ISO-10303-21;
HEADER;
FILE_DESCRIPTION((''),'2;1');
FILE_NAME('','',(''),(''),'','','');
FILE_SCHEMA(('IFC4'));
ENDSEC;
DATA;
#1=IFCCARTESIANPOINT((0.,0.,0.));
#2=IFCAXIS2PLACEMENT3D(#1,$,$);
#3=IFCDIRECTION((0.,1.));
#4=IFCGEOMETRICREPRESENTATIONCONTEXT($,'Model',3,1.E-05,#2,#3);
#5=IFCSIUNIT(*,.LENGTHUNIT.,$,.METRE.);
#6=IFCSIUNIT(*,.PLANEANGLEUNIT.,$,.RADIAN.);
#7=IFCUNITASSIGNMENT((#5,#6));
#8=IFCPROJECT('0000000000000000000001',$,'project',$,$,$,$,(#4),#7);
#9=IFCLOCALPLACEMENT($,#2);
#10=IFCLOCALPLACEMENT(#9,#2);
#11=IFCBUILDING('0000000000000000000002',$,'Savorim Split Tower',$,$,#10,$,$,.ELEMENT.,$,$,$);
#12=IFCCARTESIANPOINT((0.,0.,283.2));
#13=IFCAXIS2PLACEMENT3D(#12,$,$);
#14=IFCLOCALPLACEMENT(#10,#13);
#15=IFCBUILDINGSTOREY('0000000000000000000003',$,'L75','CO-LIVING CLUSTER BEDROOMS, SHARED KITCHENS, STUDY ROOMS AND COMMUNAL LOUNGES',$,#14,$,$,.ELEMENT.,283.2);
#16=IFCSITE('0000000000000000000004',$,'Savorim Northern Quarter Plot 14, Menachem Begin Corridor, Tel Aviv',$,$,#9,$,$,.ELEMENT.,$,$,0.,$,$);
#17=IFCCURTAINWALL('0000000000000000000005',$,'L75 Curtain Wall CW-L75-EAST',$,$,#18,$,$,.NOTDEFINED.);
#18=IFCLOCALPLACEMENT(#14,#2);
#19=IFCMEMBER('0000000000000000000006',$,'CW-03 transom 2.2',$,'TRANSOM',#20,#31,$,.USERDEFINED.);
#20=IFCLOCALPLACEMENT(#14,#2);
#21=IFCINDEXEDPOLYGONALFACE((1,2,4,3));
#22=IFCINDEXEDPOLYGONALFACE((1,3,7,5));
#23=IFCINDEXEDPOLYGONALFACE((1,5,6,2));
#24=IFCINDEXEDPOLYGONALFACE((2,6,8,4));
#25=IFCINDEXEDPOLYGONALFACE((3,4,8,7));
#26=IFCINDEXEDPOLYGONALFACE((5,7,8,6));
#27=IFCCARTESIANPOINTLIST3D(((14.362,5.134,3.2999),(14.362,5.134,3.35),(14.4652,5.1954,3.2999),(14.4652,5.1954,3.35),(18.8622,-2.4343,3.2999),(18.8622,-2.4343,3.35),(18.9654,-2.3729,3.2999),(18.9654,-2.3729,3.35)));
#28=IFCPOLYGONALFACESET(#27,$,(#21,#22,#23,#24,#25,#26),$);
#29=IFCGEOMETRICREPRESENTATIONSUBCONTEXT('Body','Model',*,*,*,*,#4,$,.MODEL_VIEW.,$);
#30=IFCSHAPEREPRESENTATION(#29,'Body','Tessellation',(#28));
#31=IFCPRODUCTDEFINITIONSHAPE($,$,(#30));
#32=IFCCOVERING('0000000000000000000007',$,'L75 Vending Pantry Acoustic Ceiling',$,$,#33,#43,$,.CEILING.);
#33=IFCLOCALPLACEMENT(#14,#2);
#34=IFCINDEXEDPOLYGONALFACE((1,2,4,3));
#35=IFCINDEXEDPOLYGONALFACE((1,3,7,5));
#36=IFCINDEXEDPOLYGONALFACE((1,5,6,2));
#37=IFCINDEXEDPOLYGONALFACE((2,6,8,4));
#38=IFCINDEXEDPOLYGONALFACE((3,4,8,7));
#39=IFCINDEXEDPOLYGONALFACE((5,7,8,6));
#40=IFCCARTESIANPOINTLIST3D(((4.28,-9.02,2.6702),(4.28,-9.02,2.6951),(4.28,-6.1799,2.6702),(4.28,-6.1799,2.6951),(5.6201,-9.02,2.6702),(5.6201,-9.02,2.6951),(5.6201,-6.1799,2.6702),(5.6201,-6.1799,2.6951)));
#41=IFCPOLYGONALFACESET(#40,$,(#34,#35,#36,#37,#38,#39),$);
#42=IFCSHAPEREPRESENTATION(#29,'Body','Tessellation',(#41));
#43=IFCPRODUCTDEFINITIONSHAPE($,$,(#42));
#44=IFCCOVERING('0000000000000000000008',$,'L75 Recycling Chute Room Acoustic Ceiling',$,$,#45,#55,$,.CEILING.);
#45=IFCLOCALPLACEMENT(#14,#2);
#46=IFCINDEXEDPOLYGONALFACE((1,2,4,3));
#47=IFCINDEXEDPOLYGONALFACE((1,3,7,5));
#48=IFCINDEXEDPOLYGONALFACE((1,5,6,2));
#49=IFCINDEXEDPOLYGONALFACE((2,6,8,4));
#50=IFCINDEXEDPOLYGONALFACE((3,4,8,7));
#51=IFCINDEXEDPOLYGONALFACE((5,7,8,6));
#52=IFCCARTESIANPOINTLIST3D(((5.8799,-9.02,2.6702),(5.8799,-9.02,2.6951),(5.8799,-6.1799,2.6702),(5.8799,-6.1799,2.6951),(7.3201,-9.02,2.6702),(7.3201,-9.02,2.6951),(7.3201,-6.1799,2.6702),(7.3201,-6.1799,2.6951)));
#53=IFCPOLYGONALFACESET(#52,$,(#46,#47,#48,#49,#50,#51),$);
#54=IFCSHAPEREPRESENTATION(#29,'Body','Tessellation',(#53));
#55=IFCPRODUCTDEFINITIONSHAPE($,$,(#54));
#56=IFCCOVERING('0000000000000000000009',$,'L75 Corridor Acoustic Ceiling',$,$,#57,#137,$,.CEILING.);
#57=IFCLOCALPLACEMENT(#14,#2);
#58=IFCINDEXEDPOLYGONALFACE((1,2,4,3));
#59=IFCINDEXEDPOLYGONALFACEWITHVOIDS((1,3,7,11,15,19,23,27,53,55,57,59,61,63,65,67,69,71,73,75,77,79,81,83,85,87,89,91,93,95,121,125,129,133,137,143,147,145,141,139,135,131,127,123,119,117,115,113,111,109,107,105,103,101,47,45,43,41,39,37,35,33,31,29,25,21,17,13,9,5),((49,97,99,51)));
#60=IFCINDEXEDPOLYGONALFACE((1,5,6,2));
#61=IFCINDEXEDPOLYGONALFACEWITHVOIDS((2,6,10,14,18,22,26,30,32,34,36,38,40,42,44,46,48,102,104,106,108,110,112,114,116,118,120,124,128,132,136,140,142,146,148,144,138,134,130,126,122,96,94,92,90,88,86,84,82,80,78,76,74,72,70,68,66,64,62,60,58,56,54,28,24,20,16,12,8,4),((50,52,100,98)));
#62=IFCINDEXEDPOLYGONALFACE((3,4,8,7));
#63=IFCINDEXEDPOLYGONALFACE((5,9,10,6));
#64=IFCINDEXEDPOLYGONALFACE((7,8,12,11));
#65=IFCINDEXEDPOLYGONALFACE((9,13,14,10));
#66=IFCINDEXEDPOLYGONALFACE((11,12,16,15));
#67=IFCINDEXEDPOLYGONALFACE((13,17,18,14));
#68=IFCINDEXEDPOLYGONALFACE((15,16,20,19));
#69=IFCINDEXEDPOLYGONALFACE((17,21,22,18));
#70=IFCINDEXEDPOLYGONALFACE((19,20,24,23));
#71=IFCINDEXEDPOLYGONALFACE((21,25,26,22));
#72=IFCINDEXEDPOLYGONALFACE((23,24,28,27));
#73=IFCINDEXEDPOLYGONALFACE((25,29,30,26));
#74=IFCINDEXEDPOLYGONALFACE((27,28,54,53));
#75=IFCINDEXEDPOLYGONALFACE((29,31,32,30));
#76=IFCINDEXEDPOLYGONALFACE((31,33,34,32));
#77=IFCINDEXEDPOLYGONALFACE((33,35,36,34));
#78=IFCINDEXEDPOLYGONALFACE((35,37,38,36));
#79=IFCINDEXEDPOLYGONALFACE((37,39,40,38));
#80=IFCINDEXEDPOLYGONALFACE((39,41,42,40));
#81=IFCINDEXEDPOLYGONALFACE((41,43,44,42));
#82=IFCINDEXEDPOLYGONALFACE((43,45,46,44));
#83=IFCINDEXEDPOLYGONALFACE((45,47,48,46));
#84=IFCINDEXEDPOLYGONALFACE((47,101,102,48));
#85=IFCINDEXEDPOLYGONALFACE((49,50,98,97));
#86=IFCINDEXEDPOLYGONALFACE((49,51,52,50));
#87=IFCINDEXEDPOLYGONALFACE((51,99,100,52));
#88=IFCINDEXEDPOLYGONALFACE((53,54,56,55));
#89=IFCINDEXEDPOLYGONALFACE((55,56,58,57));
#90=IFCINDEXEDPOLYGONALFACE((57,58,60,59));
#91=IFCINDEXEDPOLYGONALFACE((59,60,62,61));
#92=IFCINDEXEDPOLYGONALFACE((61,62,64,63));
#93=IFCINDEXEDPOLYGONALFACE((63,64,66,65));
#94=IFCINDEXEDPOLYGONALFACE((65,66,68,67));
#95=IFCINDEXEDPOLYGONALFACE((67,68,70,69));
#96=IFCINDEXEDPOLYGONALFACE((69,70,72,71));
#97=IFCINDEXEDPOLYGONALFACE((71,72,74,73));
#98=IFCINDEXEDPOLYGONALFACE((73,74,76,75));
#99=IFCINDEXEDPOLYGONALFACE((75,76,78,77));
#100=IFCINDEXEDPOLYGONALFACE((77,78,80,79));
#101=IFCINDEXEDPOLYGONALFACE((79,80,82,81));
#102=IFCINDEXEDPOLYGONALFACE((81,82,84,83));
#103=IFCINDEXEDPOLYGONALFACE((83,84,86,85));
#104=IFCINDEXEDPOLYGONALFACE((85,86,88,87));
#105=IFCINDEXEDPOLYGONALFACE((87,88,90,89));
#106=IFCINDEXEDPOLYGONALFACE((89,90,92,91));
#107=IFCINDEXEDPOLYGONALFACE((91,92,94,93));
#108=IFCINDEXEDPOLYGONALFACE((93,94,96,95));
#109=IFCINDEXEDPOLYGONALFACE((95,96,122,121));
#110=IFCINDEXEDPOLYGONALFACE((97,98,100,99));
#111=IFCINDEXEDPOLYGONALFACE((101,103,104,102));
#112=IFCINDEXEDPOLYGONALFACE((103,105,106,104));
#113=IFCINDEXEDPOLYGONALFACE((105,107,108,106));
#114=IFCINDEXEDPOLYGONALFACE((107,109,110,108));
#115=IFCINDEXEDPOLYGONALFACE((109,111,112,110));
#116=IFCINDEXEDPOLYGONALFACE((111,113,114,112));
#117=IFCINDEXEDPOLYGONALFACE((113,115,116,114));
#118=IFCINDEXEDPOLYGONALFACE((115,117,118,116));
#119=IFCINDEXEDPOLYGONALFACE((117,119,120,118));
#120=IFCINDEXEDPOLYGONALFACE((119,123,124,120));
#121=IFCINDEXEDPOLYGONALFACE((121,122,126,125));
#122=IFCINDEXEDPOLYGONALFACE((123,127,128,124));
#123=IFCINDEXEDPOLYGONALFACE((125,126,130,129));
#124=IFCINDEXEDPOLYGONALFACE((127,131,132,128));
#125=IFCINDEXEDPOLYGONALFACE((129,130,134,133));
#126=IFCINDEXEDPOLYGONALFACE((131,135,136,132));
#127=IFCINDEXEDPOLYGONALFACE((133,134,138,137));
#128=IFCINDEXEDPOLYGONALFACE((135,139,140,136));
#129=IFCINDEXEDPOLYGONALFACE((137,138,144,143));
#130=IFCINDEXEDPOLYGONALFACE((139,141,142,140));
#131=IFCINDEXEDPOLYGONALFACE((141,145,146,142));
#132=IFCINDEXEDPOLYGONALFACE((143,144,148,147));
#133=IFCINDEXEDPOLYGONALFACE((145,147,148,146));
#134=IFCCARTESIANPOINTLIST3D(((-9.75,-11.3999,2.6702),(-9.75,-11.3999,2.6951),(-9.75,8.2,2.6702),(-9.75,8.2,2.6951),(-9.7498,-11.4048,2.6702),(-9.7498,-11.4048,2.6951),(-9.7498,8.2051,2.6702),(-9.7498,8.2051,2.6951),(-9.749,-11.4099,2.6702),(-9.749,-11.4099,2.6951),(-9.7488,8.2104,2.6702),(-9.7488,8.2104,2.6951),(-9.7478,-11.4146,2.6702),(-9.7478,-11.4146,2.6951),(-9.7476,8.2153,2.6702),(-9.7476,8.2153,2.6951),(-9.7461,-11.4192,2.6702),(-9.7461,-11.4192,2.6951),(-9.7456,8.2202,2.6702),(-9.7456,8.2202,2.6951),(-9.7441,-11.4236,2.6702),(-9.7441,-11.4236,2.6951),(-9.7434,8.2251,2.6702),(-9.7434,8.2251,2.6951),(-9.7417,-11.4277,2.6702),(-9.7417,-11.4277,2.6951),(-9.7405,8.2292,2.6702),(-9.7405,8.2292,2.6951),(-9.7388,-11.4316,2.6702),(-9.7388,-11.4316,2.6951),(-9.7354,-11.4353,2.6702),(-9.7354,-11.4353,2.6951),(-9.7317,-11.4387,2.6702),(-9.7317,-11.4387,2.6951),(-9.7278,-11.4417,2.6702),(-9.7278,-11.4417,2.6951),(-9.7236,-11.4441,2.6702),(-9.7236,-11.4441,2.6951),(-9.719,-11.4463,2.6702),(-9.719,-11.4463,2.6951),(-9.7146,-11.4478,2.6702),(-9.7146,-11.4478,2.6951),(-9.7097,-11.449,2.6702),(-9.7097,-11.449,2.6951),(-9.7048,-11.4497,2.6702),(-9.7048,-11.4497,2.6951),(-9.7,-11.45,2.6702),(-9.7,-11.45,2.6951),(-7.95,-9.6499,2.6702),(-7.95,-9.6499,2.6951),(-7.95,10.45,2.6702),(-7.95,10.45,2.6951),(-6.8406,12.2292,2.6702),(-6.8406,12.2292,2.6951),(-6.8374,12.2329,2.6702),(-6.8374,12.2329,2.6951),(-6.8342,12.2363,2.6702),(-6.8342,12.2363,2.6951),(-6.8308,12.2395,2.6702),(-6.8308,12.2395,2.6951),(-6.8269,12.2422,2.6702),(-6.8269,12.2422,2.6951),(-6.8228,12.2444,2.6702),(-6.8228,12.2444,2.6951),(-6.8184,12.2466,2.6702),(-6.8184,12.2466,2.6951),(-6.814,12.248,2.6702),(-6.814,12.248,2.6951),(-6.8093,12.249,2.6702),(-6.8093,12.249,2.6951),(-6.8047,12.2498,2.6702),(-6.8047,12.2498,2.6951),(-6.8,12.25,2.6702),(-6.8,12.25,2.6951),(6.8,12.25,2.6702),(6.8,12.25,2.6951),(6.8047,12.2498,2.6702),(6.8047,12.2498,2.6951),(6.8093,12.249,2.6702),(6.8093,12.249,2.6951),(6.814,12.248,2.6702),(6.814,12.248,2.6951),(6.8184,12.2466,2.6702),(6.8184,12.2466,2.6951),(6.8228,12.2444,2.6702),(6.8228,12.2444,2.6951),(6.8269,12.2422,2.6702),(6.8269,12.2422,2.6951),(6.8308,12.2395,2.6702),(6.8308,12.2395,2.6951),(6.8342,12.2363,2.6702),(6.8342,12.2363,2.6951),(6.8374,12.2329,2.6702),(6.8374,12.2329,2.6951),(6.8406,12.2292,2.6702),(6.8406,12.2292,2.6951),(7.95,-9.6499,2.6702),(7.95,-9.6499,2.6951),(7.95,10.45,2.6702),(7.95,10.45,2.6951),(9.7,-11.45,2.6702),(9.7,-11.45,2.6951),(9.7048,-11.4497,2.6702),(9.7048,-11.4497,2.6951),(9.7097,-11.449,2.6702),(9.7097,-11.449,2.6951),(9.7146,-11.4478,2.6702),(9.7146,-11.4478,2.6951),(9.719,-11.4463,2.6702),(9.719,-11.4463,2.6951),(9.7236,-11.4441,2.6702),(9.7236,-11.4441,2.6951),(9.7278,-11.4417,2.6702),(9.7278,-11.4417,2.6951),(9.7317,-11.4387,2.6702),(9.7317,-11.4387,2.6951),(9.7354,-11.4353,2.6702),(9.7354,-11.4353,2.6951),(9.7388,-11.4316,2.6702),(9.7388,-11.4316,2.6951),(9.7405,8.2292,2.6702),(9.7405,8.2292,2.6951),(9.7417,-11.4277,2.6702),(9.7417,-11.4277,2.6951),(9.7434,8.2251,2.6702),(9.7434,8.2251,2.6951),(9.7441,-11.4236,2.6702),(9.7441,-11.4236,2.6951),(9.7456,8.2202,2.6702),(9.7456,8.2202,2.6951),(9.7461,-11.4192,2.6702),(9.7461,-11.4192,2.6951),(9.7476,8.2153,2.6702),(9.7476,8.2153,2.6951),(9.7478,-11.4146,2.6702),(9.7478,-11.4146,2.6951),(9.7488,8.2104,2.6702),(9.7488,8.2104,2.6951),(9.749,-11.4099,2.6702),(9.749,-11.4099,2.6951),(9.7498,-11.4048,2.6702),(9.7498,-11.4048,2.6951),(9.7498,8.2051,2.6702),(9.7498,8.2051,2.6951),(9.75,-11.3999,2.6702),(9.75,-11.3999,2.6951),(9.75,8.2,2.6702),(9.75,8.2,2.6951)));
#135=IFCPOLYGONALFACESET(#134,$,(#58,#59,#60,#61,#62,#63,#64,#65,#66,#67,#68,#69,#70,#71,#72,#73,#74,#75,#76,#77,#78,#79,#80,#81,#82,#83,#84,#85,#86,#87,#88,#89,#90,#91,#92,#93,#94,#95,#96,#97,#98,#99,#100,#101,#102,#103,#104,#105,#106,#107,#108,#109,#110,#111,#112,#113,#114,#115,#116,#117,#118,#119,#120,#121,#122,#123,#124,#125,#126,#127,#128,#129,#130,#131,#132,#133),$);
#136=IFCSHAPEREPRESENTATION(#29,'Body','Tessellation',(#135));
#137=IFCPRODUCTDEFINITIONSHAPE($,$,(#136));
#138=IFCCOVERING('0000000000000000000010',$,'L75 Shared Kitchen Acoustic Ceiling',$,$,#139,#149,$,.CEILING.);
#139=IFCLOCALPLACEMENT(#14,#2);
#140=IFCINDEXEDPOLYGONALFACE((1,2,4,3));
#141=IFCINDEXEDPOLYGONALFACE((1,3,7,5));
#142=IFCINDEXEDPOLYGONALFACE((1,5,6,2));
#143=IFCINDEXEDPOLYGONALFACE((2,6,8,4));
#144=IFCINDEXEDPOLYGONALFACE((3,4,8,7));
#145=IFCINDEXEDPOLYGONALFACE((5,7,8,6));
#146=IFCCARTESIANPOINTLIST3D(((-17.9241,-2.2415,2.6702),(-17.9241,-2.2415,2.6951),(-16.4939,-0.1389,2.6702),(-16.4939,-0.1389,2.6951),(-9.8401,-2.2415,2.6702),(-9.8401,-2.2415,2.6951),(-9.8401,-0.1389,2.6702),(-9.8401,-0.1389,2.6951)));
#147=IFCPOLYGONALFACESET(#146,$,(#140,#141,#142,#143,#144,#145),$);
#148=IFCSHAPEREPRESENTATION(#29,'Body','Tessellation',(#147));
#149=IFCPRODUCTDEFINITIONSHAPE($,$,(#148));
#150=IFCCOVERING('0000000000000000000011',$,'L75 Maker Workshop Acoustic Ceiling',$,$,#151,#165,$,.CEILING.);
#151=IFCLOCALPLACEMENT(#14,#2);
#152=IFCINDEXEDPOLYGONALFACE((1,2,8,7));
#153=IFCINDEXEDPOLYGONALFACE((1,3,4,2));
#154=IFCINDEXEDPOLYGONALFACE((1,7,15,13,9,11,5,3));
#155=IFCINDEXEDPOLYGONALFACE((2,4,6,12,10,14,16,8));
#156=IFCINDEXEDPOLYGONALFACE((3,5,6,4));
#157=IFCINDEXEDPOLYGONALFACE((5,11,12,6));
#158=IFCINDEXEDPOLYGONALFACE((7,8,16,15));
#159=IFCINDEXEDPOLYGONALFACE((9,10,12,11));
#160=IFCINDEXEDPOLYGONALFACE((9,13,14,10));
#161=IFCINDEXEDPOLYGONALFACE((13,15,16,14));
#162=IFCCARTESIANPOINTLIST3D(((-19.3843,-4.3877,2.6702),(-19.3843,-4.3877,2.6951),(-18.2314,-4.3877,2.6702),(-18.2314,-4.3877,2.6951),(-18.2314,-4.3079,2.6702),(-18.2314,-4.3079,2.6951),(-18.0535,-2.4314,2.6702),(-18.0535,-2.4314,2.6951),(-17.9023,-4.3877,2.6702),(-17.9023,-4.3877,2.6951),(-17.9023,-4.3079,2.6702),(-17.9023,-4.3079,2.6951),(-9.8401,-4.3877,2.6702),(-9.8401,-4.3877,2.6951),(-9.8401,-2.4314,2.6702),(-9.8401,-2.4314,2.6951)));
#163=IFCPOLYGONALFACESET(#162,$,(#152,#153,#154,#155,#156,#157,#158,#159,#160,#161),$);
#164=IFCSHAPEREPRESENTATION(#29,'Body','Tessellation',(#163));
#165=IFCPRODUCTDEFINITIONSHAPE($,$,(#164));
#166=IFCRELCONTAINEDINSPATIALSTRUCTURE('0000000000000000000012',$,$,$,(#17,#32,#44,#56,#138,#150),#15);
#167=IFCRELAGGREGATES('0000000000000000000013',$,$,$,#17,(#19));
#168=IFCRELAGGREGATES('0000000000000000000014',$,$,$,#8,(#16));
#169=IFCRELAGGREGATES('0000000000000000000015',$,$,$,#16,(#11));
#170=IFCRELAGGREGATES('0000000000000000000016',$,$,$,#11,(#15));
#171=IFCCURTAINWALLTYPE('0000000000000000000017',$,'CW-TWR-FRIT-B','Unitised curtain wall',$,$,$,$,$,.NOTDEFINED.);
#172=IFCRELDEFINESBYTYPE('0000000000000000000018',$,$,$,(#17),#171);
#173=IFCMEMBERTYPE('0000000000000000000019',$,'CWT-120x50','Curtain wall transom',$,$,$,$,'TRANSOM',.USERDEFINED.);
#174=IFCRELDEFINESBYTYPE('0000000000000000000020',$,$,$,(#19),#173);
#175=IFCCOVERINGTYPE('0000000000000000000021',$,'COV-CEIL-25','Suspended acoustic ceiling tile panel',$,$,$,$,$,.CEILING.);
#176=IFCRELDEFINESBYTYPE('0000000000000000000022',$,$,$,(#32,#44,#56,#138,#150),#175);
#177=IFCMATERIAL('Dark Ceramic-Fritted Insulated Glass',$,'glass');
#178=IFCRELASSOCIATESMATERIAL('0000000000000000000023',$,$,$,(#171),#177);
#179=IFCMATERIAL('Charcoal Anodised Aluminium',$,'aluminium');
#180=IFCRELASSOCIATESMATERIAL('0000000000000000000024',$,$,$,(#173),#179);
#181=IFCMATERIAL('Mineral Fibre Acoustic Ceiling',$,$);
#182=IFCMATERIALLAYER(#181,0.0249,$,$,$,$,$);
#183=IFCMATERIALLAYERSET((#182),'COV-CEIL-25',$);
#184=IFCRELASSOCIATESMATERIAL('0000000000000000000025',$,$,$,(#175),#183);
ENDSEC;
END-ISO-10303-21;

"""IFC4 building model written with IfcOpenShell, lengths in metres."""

from ifc_helpers import new_model, si_unit, direction, frame, origin, origin_2d, place, context, subcontext, project, spatial, polyline, rectangle, outline, extrude, material, layer, layer_set, material_profile, profile_set, type_object, element, aggregate, save


model = new_model("IFC4")

# Units and contexts
model_context = context("Model", 3, precision=1e-05, world=origin(), true_north=direction((0.0, 1.0)))
body_context = subcontext(model_context, "Body", "Model", "MODEL_VIEW")
ifc_project = project(units=[si_unit("LENGTHUNIT", "METRE"), si_unit("PLANEANGLEUNIT", "RADIAN")], contexts=[model_context])

# Site, building, storey
site_placement = place(None, origin())
site = spatial("IfcSite", under=ifc_project, at=site_placement, Name="Savorim Northern Quarter Plot 14, Menachem Begin Corridor, Tel Aviv", CompositionType="ELEMENT", RefElevation=0.0)
building_placement = place(site_placement, origin())
building = spatial("IfcBuilding", under=site, at=building_placement, Name="Savorim Split Tower", CompositionType="ELEMENT")
storey_placement = place(building_placement, frame((0.0, 0.0, 283.2)))
storey = spatial("IfcBuildingStorey", under=building, at=storey_placement, Name="L75", Description="CO-LIVING CLUSTER BEDROOMS, SHARED KITCHENS, STUDY ROOMS AND COMMUNAL LOUNGES", CompositionType="ELEMENT", Elevation=283.2)

# Curtain wall, member
ifc_material_1 = material(Name="Dark Ceramic-Fritted Insulated Glass", Category="glass")
curtain_wall_type = type_object("IfcCurtainWallType", Name="CW-TWR-FRIT-B", Description="Unitised curtain wall", PredefinedType="NOTDEFINED", material=ifc_material_1)
curtain_wall_placement = place(storey_placement, origin())
curtain_wall = element("IfcCurtainWall", 1, at=curtain_wall_placement, inside=storey, type_object=curtain_wall_type, Name="L75 Curtain Wall CW-L75-EAST", PredefinedType="NOTDEFINED")
ifc_material_2 = material(Name="Charcoal Anodised Aluminium", Category="aluminium")
ifc_material_profile = material_profile(ifc_material_2, rectangle(XDim=0.1201, YDim=0.05, at=origin_2d()), Name="ALU-T 120x50")
ifc_profile_set = profile_set([ifc_material_profile], Name="Charcoal Anodised Aluminium")
member_type = type_object("IfcMemberType", Name="CWT-120x50", Description="Curtain wall transom", ElementType="TRANSOM", PredefinedType="USERDEFINED", material=ifc_profile_set)
member_placement = place(storey_placement, frame((18.9138, -2.4036, 3.325), z_axis=(-0.511087, 0.859529, 0.0), x_axis=(-0.859529, -0.511087, 0.0)))
member = element("IfcMember", 2, at=member_placement, type_object=member_type, Name="CW-03 transom 2.2", ObjectType="TRANSOM", PredefinedType="USERDEFINED", context=body_context, shape_type="SweptSolid", body=[
    extrude(rectangle(XDim=0.1201, YDim=0.05, at=origin_2d()), origin(), (0.0, 0.0, 1.0), 8.8052),
])
aggregate(curtain_wall, [member])

# Coverings
ifc_material_3 = material(Name="Mineral Fibre Acoustic Ceiling")
ifc_layer_1 = layer(ifc_material_3, 0.0249)
ifc_layer_set_1 = layer_set([ifc_layer_1], Name="COV-CEIL-25")
covering_type_1 = type_object("IfcCoveringType", Name="COV-CEIL-25", Description="Suspended acoustic ceiling tile panel", PredefinedType="CEILING", material=ifc_layer_set_1)
covering_1_placement = place(storey_placement, frame((0.0, 0.0, 2.6702)))
element("IfcCovering", 3, at=covering_1_placement, inside=storey, type_object=covering_type_1, Name="L75 Vending Pantry Acoustic Ceiling", PredefinedType="CEILING", context=body_context, shape_type="SweptSolid", body=[
    extrude(outline(polyline([(4.28, -6.1799), (4.28, -9.02), (5.6201, -9.02), (5.6201, -6.1799), (4.28, -6.1799)])), origin(), (0.0, 0.0, 1.0), 0.0249),
])
covering_2_placement = place(storey_placement, frame((0.0, 0.0, 2.6702)))
element("IfcCovering", 4, at=covering_2_placement, inside=storey, type_object=covering_type_1, Name="L75 Recycling Chute Room Acoustic Ceiling", PredefinedType="CEILING", context=body_context, shape_type="SweptSolid", body=[
    extrude(outline(polyline([(5.8799, -6.1799), (5.8799, -9.02), (7.3201, -9.02), (7.3201, -6.1799), (5.8799, -6.1799)])), origin(), (0.0, 0.0, 1.0), 0.0249),
])
covering_3_placement = place(storey_placement, frame((0.0, 0.0, 2.6702)))
element("IfcCovering", 5, at=covering_3_placement, inside=storey, type_object=covering_type_1, Name="L75 Corridor Acoustic Ceiling", PredefinedType="CEILING", context=body_context, shape_type="SweptSolid", body=[
    extrude(outline(polyline([(6.8093, 12.249), (6.8047, 12.2498), (6.8, 12.25), (-6.8, 12.25), (-6.8047, 12.2498), (-6.8093, 12.249), (-6.814, 12.248), (-6.8184, 12.2466), (-6.8228, 12.2444), (-6.8269, 12.2422), (-6.8308, 12.2395), (-6.8342, 12.2363), (-6.8374, 12.2329), (-6.8406, 12.2292), (-9.7405, 8.2292), (-9.7434, 8.2251), (-9.7456, 8.2202), (-9.7476, 8.2153), (-9.7488, 8.2104), (-9.7498, 8.2051), (-9.75, 8.2), (-9.75, -11.3999), (-9.7498, -11.4048), (-9.749, -11.4099), (-9.7478, -11.4146), (-9.7461, -11.4192), (-9.7441, -11.4236), (-9.7417, -11.4277), (-9.7388, -11.4316), (-9.7354, -11.4353), (-9.7317, -11.4387), (-9.7278, -11.4417), (-9.7236, -11.4441), (-9.719, -11.4463), (-9.7146, -11.4478), (-9.7097, -11.449), (-9.7048, -11.4497), (-9.7, -11.45), (9.7, -11.45), (9.7048, -11.4497), (9.7097, -11.449), (9.7146, -11.4478), (9.719, -11.4463), (9.7236, -11.4441), (9.7278, -11.4417), (9.7317, -11.4387), (9.7354, -11.4353), (9.7388, -11.4316), (9.7417, -11.4277), (9.7441, -11.4236), (9.7461, -11.4192), (9.7478, -11.4146), (9.749, -11.4099), (9.7498, -11.4048), (9.75, -11.3999), (9.75, 8.2), (9.7498, 8.2051), (9.7488, 8.2104), (9.7476, 8.2153), (9.7456, 8.2202), (9.7434, 8.2251), (9.7405, 8.2292), (6.8406, 12.2292), (6.8374, 12.2329), (6.8342, 12.2363), (6.8308, 12.2395), (6.8269, 12.2422), (6.8228, 12.2444), (6.8184, 12.2466), (6.814, 12.248), (6.8093, 12.249)]), holes=[polyline([(-7.95, 10.45), (-7.95, -9.6499), (7.95, -9.6499), (7.95, 10.45), (-7.95, 10.45)])]), origin(), (0.0, 0.0, 1.0), 0.0249),
])
covering_4_placement = place(storey_placement, frame((0.0, 0.0, 2.6702)))
element("IfcCovering", 6, at=covering_4_placement, inside=storey, type_object=covering_type_1, Name="L75 Shared Kitchen Acoustic Ceiling", PredefinedType="CEILING", context=body_context, shape_type="SweptSolid", body=[
    extrude(outline(polyline([(-16.4939, -0.1389), (-17.9241, -2.2415), (-9.8401, -2.2415), (-9.8401, -0.1389), (-16.4939, -0.1389)])), origin(), (0.0, 0.0, 1.0), 0.0249),
])
covering_5_placement = place(storey_placement, frame((0.0, 0.0, 2.6702)))
element("IfcCovering", 7, at=covering_5_placement, inside=storey, type_object=covering_type_1, Name="L75 Maker Workshop Acoustic Ceiling", PredefinedType="CEILING", context=body_context, shape_type="SweptSolid", body=[
    extrude(outline(polyline([(-17.9023, -4.3079), (-17.9023, -4.3877), (-9.8401, -4.3877), (-9.8401, -2.4314), (-18.0535, -2.4314), (-19.3843, -4.3877), (-18.2314, -4.3877), (-18.2314, -4.3079), (-17.9023, -4.3079)])), origin(), (0.0, 0.0, 1.0), 0.0249),
])

save(model, "model.ifc")
